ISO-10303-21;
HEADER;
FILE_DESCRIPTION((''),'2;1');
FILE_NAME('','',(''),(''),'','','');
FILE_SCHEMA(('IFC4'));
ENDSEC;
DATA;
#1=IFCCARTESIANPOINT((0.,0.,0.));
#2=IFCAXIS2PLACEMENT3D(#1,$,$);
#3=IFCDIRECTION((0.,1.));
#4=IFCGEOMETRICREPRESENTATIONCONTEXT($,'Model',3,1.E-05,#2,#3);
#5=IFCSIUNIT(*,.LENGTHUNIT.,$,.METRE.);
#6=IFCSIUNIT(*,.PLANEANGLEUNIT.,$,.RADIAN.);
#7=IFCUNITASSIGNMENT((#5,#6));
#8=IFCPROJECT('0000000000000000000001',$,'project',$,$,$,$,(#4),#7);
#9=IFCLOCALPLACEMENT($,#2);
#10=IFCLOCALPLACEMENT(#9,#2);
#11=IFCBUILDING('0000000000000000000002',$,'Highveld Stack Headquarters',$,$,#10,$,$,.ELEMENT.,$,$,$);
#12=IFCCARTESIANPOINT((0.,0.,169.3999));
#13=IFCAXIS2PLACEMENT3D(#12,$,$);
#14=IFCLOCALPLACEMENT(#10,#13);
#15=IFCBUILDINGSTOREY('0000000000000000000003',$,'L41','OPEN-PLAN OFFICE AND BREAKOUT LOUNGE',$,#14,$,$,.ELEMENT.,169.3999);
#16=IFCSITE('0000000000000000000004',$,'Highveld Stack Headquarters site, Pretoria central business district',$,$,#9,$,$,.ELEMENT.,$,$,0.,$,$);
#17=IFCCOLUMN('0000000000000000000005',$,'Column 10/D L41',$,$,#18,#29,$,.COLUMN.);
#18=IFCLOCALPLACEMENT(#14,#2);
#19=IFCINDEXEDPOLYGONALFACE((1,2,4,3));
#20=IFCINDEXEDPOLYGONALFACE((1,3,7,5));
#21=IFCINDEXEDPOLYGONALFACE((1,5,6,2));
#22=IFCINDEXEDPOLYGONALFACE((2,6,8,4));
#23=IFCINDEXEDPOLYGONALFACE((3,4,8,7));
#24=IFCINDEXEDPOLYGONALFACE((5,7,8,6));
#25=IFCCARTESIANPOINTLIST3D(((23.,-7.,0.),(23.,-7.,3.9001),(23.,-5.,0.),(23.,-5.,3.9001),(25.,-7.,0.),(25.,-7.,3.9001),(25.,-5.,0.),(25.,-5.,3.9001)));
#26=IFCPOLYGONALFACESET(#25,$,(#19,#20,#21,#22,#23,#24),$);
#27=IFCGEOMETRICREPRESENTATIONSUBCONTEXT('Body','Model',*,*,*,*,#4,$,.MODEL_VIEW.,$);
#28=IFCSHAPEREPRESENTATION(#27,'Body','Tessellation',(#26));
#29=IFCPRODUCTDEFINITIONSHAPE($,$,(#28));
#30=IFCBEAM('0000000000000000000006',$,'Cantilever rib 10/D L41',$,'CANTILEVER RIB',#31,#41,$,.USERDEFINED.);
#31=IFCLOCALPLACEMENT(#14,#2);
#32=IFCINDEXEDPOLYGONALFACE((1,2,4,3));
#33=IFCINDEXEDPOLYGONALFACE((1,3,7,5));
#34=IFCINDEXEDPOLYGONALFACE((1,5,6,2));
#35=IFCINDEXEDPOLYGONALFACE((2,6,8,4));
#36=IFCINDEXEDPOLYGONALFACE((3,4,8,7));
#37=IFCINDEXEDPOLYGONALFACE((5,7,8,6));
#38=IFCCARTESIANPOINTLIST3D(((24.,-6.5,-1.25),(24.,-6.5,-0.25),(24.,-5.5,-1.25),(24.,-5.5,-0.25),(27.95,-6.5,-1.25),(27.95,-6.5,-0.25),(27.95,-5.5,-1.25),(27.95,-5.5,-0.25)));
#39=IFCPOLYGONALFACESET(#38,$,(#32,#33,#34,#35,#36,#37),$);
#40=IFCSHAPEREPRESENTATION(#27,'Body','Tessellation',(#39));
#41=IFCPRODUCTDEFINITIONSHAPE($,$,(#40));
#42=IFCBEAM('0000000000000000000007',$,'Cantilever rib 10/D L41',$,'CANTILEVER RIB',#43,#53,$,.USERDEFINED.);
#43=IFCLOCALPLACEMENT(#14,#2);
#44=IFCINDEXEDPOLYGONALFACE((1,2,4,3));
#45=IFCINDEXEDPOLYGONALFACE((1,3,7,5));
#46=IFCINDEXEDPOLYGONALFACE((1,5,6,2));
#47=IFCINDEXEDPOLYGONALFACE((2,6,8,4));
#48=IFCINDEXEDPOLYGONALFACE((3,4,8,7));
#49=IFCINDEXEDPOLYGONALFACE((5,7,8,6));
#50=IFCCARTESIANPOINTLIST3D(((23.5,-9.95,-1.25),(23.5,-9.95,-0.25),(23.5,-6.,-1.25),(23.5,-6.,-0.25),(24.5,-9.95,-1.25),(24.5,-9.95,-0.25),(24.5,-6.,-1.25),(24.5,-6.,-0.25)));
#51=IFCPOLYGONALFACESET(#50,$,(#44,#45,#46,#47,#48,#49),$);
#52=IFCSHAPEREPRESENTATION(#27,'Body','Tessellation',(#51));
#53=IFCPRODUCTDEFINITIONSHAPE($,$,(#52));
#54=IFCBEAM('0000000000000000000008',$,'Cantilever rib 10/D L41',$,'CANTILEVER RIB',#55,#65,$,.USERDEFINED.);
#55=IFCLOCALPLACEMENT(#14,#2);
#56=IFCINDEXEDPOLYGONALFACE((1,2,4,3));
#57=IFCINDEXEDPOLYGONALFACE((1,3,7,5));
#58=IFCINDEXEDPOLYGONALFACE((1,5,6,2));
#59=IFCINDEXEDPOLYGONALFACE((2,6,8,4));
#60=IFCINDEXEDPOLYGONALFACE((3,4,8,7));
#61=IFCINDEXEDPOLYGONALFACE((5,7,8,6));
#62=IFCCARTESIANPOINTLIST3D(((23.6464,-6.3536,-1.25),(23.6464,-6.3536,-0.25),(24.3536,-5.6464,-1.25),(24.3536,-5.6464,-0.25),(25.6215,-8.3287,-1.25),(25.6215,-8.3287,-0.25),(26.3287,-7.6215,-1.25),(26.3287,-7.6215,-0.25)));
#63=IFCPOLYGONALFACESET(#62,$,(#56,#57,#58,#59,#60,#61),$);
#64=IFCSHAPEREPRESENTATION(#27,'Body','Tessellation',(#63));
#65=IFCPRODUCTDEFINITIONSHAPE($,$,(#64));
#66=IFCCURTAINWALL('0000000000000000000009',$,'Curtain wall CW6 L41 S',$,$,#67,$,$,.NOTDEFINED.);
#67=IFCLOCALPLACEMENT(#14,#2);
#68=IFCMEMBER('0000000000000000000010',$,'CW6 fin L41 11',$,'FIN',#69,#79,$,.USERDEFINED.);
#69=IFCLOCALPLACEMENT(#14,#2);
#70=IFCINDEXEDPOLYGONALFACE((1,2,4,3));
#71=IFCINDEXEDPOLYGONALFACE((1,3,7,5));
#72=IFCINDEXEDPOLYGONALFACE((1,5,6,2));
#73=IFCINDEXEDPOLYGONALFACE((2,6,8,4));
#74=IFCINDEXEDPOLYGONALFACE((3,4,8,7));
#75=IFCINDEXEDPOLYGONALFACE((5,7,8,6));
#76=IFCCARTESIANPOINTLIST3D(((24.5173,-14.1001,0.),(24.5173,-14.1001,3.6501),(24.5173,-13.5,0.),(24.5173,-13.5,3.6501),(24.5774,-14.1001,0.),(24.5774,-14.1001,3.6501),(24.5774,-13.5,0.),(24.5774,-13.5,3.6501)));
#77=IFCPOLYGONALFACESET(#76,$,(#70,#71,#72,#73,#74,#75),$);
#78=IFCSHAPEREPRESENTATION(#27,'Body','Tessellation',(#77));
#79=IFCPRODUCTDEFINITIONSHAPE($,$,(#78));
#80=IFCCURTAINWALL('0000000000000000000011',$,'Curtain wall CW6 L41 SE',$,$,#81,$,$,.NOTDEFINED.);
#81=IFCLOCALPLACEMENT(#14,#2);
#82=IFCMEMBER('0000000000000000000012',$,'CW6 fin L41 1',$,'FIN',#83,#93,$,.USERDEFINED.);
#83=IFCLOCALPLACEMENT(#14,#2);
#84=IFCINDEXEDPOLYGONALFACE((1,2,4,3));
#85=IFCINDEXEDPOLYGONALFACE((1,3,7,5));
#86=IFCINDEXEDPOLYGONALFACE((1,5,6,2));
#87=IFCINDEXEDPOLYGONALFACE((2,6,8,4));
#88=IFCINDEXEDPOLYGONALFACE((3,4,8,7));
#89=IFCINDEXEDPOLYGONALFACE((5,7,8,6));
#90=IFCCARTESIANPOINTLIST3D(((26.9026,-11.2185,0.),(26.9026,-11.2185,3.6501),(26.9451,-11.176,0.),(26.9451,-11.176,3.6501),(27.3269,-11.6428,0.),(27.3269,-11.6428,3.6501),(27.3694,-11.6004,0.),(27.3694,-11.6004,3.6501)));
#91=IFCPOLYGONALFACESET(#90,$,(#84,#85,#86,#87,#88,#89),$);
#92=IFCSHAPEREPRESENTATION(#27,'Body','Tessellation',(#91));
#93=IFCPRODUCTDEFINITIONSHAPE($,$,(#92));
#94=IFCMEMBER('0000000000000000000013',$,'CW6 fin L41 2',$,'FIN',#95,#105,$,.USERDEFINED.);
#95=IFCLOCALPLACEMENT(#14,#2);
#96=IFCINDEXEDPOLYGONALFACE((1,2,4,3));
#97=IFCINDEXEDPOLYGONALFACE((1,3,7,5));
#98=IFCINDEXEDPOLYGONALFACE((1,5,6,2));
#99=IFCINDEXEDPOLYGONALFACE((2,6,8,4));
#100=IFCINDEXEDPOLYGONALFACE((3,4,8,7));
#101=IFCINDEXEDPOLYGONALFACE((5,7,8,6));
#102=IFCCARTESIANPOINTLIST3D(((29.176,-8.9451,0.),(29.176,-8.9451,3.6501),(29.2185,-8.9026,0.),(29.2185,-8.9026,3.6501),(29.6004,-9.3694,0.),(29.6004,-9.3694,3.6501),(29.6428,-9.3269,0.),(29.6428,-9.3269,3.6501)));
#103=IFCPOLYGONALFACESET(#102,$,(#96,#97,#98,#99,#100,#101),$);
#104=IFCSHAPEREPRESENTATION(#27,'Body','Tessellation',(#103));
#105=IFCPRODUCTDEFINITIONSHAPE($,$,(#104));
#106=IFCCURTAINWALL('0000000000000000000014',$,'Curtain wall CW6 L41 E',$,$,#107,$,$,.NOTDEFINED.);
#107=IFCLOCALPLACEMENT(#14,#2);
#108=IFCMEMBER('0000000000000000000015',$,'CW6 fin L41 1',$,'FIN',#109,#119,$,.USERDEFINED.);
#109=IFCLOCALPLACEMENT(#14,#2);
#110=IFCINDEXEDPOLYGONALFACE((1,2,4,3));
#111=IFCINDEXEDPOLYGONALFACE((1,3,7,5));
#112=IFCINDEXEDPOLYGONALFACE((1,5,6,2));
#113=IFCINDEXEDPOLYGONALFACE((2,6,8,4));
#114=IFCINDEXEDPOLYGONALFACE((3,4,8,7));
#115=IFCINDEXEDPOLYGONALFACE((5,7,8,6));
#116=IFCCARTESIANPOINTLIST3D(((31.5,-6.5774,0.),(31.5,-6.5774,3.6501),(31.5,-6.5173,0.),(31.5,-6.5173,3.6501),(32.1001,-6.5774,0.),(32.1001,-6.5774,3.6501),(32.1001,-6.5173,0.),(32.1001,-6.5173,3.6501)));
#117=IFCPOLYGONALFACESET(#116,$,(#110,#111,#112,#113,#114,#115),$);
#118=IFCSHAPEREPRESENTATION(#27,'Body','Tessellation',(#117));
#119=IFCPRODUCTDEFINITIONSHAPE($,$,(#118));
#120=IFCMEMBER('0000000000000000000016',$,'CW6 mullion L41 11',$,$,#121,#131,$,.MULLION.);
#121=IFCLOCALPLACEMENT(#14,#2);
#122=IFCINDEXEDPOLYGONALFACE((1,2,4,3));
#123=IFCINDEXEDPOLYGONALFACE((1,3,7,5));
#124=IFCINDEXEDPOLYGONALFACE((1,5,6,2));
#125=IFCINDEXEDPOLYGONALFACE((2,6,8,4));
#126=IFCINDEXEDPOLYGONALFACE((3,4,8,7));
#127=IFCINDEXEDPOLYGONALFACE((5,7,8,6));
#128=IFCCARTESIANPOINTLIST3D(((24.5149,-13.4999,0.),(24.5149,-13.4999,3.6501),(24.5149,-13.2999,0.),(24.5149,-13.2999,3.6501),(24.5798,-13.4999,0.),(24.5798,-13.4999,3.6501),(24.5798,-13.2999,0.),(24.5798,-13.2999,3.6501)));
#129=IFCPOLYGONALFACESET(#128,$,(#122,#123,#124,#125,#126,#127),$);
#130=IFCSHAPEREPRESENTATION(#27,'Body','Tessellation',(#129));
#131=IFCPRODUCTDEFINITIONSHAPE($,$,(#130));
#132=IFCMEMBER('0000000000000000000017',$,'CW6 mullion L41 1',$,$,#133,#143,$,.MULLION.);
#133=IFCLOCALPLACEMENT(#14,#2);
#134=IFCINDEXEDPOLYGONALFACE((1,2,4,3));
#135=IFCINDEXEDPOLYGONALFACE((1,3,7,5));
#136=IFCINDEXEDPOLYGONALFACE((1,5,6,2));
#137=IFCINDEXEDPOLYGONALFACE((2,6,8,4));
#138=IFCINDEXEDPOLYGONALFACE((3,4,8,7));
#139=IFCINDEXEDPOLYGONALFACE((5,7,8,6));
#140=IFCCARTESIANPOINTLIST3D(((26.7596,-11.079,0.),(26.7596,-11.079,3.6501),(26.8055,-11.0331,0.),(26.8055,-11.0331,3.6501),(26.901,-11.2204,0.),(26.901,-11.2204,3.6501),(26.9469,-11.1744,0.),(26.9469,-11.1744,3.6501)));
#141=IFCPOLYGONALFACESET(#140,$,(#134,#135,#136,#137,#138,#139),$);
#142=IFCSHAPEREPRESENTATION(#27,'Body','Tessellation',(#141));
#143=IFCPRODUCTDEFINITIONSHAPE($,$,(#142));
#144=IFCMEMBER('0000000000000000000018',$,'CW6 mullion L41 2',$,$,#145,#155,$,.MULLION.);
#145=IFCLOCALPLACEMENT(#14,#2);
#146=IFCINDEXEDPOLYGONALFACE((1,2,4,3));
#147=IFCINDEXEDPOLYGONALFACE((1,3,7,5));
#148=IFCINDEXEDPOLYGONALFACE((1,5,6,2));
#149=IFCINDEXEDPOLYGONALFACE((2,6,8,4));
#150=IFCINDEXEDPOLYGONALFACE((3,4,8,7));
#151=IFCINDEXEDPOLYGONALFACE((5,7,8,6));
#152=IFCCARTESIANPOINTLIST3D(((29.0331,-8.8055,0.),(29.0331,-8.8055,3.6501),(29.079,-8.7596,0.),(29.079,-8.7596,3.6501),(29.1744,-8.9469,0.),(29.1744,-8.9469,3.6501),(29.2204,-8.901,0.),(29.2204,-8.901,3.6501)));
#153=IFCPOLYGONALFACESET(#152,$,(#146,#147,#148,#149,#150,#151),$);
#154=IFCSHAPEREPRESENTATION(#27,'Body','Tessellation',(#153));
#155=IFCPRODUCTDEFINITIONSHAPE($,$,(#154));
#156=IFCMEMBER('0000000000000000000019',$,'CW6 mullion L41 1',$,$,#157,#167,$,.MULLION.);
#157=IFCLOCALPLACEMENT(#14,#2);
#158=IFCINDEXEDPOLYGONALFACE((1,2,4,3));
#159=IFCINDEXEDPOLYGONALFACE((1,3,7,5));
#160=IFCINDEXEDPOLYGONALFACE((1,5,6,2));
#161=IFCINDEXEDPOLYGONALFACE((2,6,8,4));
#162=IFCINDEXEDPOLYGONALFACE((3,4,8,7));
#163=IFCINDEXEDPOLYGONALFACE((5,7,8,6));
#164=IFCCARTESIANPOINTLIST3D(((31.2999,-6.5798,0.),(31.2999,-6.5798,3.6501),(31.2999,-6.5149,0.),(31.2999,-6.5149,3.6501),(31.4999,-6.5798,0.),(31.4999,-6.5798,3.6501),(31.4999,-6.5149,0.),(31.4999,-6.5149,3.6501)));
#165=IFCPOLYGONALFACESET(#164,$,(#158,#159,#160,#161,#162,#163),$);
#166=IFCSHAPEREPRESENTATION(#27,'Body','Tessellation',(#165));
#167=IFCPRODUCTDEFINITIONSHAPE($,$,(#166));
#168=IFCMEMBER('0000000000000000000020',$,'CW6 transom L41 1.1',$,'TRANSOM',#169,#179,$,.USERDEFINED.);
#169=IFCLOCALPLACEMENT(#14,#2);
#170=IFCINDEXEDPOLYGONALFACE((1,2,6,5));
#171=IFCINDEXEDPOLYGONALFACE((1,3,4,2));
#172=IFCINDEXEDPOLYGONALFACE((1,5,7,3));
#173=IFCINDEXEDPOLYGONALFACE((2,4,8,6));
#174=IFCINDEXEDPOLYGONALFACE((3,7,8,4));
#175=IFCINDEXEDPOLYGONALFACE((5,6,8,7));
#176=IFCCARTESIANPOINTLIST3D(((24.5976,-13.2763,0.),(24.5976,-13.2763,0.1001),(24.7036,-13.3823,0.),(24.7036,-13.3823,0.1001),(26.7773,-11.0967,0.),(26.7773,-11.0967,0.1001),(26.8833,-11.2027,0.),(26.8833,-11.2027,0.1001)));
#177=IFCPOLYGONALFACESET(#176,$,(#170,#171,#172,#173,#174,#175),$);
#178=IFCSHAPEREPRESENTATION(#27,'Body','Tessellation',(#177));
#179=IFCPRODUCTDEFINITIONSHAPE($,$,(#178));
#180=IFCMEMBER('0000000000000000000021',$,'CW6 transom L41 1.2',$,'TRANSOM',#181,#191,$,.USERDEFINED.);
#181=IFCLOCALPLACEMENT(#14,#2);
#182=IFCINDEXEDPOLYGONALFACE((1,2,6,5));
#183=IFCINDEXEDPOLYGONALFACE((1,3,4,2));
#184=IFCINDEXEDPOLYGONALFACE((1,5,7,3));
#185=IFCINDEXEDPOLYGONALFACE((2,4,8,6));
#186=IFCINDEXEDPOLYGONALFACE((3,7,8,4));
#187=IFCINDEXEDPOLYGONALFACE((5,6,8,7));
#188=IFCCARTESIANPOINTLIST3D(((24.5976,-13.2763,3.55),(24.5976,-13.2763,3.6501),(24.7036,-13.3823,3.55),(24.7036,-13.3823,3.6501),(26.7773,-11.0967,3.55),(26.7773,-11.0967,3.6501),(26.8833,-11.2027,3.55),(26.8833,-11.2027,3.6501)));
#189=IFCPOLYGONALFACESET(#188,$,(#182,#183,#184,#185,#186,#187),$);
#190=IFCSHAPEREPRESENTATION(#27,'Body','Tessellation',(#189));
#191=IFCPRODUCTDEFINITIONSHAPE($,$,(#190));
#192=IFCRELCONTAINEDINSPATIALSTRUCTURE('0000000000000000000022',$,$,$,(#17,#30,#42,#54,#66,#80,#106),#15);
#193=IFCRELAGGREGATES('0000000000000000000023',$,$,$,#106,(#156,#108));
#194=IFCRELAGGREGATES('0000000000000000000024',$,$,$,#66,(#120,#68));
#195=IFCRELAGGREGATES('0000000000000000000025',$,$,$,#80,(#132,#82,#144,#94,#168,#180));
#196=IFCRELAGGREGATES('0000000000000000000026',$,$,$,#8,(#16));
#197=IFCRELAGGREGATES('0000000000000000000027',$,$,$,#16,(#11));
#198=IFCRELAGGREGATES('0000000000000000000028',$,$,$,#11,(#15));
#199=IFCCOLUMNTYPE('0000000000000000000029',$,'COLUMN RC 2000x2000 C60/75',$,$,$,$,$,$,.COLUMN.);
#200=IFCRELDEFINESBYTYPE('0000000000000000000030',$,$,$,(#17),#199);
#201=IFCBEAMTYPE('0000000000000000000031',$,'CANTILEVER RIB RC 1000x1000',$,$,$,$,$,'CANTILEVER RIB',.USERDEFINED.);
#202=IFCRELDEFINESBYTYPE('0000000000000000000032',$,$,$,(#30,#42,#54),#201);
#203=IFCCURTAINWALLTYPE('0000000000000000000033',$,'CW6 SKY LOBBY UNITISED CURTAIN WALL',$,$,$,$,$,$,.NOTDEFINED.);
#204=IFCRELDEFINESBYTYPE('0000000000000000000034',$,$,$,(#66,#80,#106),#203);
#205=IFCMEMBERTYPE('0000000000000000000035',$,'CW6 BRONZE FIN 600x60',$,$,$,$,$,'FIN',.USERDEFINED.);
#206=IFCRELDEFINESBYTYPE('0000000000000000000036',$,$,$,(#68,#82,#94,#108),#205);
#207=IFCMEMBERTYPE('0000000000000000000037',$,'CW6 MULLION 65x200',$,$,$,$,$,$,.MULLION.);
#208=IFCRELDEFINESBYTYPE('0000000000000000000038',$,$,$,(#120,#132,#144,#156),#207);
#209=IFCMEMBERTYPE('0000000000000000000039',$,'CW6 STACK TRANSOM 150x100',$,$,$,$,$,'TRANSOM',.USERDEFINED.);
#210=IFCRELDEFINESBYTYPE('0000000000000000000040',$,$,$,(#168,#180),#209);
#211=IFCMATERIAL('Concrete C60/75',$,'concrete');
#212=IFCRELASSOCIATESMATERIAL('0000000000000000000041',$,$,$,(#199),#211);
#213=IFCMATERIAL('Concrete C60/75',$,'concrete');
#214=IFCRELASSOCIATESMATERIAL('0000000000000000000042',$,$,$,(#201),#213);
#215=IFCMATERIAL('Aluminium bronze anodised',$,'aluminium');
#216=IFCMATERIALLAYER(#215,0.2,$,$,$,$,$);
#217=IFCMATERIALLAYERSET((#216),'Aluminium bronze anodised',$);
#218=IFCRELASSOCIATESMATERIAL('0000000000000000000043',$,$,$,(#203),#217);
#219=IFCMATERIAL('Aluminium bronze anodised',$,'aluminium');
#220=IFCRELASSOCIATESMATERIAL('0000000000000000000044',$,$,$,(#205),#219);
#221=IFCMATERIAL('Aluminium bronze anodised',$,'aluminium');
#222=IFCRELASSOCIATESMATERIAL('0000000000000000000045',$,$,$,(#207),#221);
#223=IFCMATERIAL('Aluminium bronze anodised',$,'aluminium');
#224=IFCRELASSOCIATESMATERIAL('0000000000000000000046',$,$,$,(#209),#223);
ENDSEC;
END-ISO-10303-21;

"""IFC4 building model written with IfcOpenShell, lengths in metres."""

from ifc_helpers import new_model, si_unit, direction, frame, origin, origin_2d, place, context, subcontext, project, spatial, rectangle, extrude, material, layer, layer_set, material_profile, profile_set, type_object, element, aggregate, save


model = new_model("IFC4")

# Units and contexts
model_context = context("Model", 3, precision=1e-05, world=origin(), true_north=direction((0.0, 1.0)))
body_context = subcontext(model_context, "Body", "Model", "MODEL_VIEW")
ifc_project = project(units=[si_unit("LENGTHUNIT", "METRE"), si_unit("PLANEANGLEUNIT", "RADIAN")], contexts=[model_context])

# Site, building, storey
site_placement = place(None, origin())
site = spatial("IfcSite", under=ifc_project, at=site_placement, Name="Highveld Stack Headquarters site, Pretoria central business district", CompositionType="ELEMENT", RefElevation=0.0)
building_placement = place(site_placement, origin())
building = spatial("IfcBuilding", under=site, at=building_placement, Name="Highveld Stack Headquarters", CompositionType="ELEMENT")
storey_placement = place(building_placement, frame((0.0, 0.0, 169.3999)))
storey = spatial("IfcBuildingStorey", under=building, at=storey_placement, Name="L41", Description="OPEN-PLAN OFFICE AND BREAKOUT LOUNGE", CompositionType="ELEMENT", Elevation=169.3999)

# Column
ifc_material_1 = material(Name="Concrete C60/75", Category="concrete")
ifc_material_profile_1 = material_profile(ifc_material_1, rectangle(XDim=2.0, YDim=2.0, at=origin_2d()), Name="RC 2000x2000")
ifc_profile_set_1 = profile_set([ifc_material_profile_1], Name="Concrete C60/75")
column_type = type_object("IfcColumnType", Name="COLUMN RC 2000x2000 C60/75", PredefinedType="COLUMN", material=ifc_profile_set_1)
column_placement = place(storey_placement, frame((24.0, -6.0, 0.0), z_axis=(0.0, 0.0, 1.0), x_axis=(1.0, 0.0, 0.0)))
element("IfcColumn", 1, at=column_placement, inside=storey, type_object=column_type, Name="Column 10/D L41", PredefinedType="COLUMN", context=body_context, shape_type="SweptSolid", body=[
    extrude(rectangle(XDim=2.0, YDim=2.0, at=origin_2d()), origin(), (0.0, 0.0, 1.0), 3.9001),
])

# Beams
ifc_material_2 = material(Name="Concrete C60/75", Category="concrete")
ifc_material_profile_2 = material_profile(ifc_material_2, rectangle(XDim=1.0, YDim=1.0, at=origin_2d()), Name="RC 1000x1000")
ifc_profile_set_2 = profile_set([ifc_material_profile_2], Name="Concrete C60/75")
beam_type = type_object("IfcBeamType", Name="CANTILEVER RIB RC 1000x1000", ElementType="CANTILEVER RIB", PredefinedType="USERDEFINED", material=ifc_profile_set_2)
for number, where, z_axis, x_axis, name in (
    (2, (24.0, -6.0, -0.75), (1.0, 0.0, 0.0), (0.0, 1.0, 0.0), "Cantilever rib 10/D L41"),
    (3, (24.0, -6.0, -0.75), (0.0, -1.0, 0.0), (1.0, 0.0, 0.0), "Cantilever rib 10/D L41"),
):
    element("IfcBeam", number, at=place(storey_placement, frame(where, z_axis=z_axis, x_axis=x_axis)), inside=storey, type_object=beam_type, Name=name, ObjectType="CANTILEVER RIB", PredefinedType="USERDEFINED", context=body_context, shape_type="SweptSolid", body=[
        extrude(rectangle(XDim=1.0, YDim=1.0, at=origin_2d()), origin(), (0.0, 0.0, 1.0), 3.95),
    ])
beam_placement = place(storey_placement, frame((24.0, -6.0, -0.75), z_axis=(0.707107, -0.707107, 0.0), x_axis=(0.707107, 0.707107, 0.0)))
element("IfcBeam", 4, at=beam_placement, inside=storey, type_object=beam_type, Name="Cantilever rib 10/D L41", ObjectType="CANTILEVER RIB", PredefinedType="USERDEFINED", context=body_context, shape_type="SweptSolid", body=[
    extrude(rectangle(XDim=1.0, YDim=1.0, at=origin_2d()), origin(), (0.0, 0.0, 1.0), 2.7932),
])

# Curtain wall, member
ifc_material_3 = material(Name="Aluminium bronze anodised", Category="aluminium")
ifc_layer_1 = layer(ifc_material_3, 0.2)
ifc_layer_set_1 = layer_set([ifc_layer_1], Name="Aluminium bronze anodised")
curtain_wall_type = type_object("IfcCurtainWallType", Name="CW6 SKY LOBBY UNITISED CURTAIN WALL", PredefinedType="NOTDEFINED", material=ifc_layer_set_1)
curtain_wall_1_placement = place(storey_placement, origin())
curtain_wall_1 = element("IfcCurtainWall", 5, at=curtain_wall_1_placement, inside=storey, type_object=curtain_wall_type, Name="Curtain wall CW6 L41 S", PredefinedType="NOTDEFINED")
ifc_material_4 = material(Name="Aluminium bronze anodised", Category="aluminium")
ifc_material_profile_3 = material_profile(ifc_material_4, rectangle(XDim=0.6001, YDim=0.0601, at=origin_2d()), Name="FIN 600x60")
ifc_profile_set_3 = profile_set([ifc_material_profile_3], Name="Aluminium bronze anodised")
member_type_1 = type_object("IfcMemberType", Name="CW6 BRONZE FIN 600x60", ElementType="FIN", PredefinedType="USERDEFINED", material=ifc_profile_set_3)
member_1_placement = place(storey_placement, frame((24.5474, -13.8, 0.0), z_axis=(0.0, 0.0, 1.0), x_axis=(0.0, 1.0, 0.0)))
member_1 = element("IfcMember", 6, at=member_1_placement, type_object=member_type_1, Name="CW6 fin L41 11", ObjectType="FIN", PredefinedType="USERDEFINED", context=body_context, shape_type="SweptSolid", body=[
    extrude(rectangle(XDim=0.6001, YDim=0.0601, at=origin_2d()), origin(), (0.0, 0.0, 1.0), 3.6501),
])

# Curtain wall, members
curtain_wall_2_placement = place(storey_placement, origin())
curtain_wall_2 = element("IfcCurtainWall", 7, at=curtain_wall_2_placement, inside=storey, type_object=curtain_wall_type, Name="Curtain wall CW6 L41 SE", PredefinedType="NOTDEFINED")
member_2_placement = place(storey_placement, frame((27.136, -11.4094, 0.0), z_axis=(0.0, 0.0, 1.0), x_axis=(-0.707107, 0.707107, 0.0)))
member_2 = element("IfcMember", 8, at=member_2_placement, type_object=member_type_1, Name="CW6 fin L41 1", ObjectType="FIN", PredefinedType="USERDEFINED", context=body_context, shape_type="SweptSolid", body=[
    extrude(rectangle(XDim=0.6001, YDim=0.0601, at=origin_2d()), origin(), (0.0, 0.0, 1.0), 3.6501),
])
member_3_placement = place(storey_placement, frame((29.4094, -9.136, 0.0), z_axis=(0.0, 0.0, 1.0), x_axis=(-0.707107, 0.707107, 0.0)))
member_3 = element("IfcMember", 9, at=member_3_placement, type_object=member_type_1, Name="CW6 fin L41 2", ObjectType="FIN", PredefinedType="USERDEFINED", context=body_context, shape_type="SweptSolid", body=[
    extrude(rectangle(XDim=0.6001, YDim=0.0601, at=origin_2d()), origin(), (0.0, 0.0, 1.0), 3.6501),
])

# Curtain wall, member
curtain_wall_3_placement = place(storey_placement, origin())
curtain_wall_3 = element("IfcCurtainWall", 10, at=curtain_wall_3_placement, inside=storey, type_object=curtain_wall_type, Name="Curtain wall CW6 L41 E", PredefinedType="NOTDEFINED")
member_4_placement = place(storey_placement, frame((31.8, -6.5474, 0.0), z_axis=(0.0, 0.0, 1.0), x_axis=(-1.0, 0.0, 0.0)))
member_4 = element("IfcMember", 11, at=member_4_placement, type_object=member_type_1, Name="CW6 fin L41 1", ObjectType="FIN", PredefinedType="USERDEFINED", context=body_context, shape_type="SweptSolid", body=[
    extrude(rectangle(XDim=0.6001, YDim=0.0601, at=origin_2d()), origin(), (0.0, 0.0, 1.0), 3.6501),
])

# Members
ifc_material_5 = material(Name="Aluminium bronze anodised", Category="aluminium")
ifc_material_profile_4 = material_profile(ifc_material_5, rectangle(XDim=0.2, YDim=0.0649, at=origin_2d()), Name="CW6 MULLION 65x200")
ifc_profile_set_4 = profile_set([ifc_material_profile_4], Name="Aluminium bronze anodised")
member_type_2 = type_object("IfcMemberType", Name="CW6 MULLION 65x200", PredefinedType="MULLION", material=ifc_profile_set_4)
member_5_placement = place(storey_placement, frame((24.5474, -13.3999, 0.0), z_axis=(0.0, 0.0, 1.0), x_axis=(0.0, 1.0, 0.0)))
member_5 = element("IfcMember", 12, at=member_5_placement, type_object=member_type_2, Name="CW6 mullion L41 11", PredefinedType="MULLION", context=body_context, shape_type="SweptSolid", body=[
    extrude(rectangle(XDim=0.2, YDim=0.0649, at=origin_2d()), origin(), (0.0, 0.0, 1.0), 3.6501),
])
member_6_placement = place(storey_placement, frame((26.8533, -11.1267, 0.0), z_axis=(0.0, 0.0, 1.0), x_axis=(-0.707107, 0.707107, 0.0)))
member_6 = element("IfcMember", 13, at=member_6_placement, type_object=member_type_2, Name="CW6 mullion L41 1", PredefinedType="MULLION", context=body_context, shape_type="SweptSolid", body=[
    extrude(rectangle(XDim=0.2, YDim=0.0649, at=origin_2d()), origin(), (0.0, 0.0, 1.0), 3.6501),
])
member_7_placement = place(storey_placement, frame((29.1267, -8.8533, 0.0), z_axis=(0.0, 0.0, 1.0), x_axis=(-0.707107, 0.707107, 0.0)))
member_7 = element("IfcMember", 14, at=member_7_placement, type_object=member_type_2, Name="CW6 mullion L41 2", PredefinedType="MULLION", context=body_context, shape_type="SweptSolid", body=[
    extrude(rectangle(XDim=0.2, YDim=0.0649, at=origin_2d()), origin(), (0.0, 0.0, 1.0), 3.6501),
])
member_8_placement = place(storey_placement, frame((31.3999, -6.5474, 0.0), z_axis=(0.0, 0.0, 1.0), x_axis=(-1.0, 0.0, 0.0)))
member_8 = element("IfcMember", 15, at=member_8_placement, type_object=member_type_2, Name="CW6 mullion L41 1", PredefinedType="MULLION", context=body_context, shape_type="SweptSolid", body=[
    extrude(rectangle(XDim=0.2, YDim=0.0649, at=origin_2d()), origin(), (0.0, 0.0, 1.0), 3.6501),
])
ifc_material_6 = material(Name="Aluminium bronze anodised", Category="aluminium")
ifc_material_profile_5 = material_profile(ifc_material_6, rectangle(XDim=0.1499, YDim=0.1001, at=origin_2d()), Name="CW6 TRANSOM 150x100")
ifc_profile_set_5 = profile_set([ifc_material_profile_5], Name="Aluminium bronze anodised")
member_type_3 = type_object("IfcMemberType", Name="CW6 STACK TRANSOM 150x100", ElementType="TRANSOM", PredefinedType="USERDEFINED", material=ifc_profile_set_5)
member_9_placement = place(storey_placement, frame((24.6506, -13.3293, 0.05), z_axis=(0.707107, 0.707107, 0.0), x_axis=(-0.707107, 0.707107, 0.0)))
member_9 = element("IfcMember", 16, at=member_9_placement, type_object=member_type_3, Name="CW6 transom L41 1.1", ObjectType="TRANSOM", PredefinedType="USERDEFINED", context=body_context, shape_type="SweptSolid", body=[
    extrude(rectangle(XDim=0.1499, YDim=0.1001, at=origin_2d()), origin(), (0.0, 0.0, 1.0), 3.0825),
])
member_10_placement = place(storey_placement, frame((24.6506, -13.3293, 3.6001), z_axis=(0.707107, 0.707107, 0.0), x_axis=(-0.707107, 0.707107, 0.0)))
member_10 = element("IfcMember", 17, at=member_10_placement, type_object=member_type_3, Name="CW6 transom L41 1.2", ObjectType="TRANSOM", PredefinedType="USERDEFINED", context=body_context, shape_type="SweptSolid", body=[
    extrude(rectangle(XDim=0.1499, YDim=0.1001, at=origin_2d()), origin(), (0.0, 0.0, 1.0), 3.0825),
])
aggregate(curtain_wall_3, [member_8, member_4])

aggregate(curtain_wall_1, [member_5, member_1])
aggregate(curtain_wall_2, [member_6, member_2, member_7, member_3, member_9, member_10])

save(model, "model.ifc")
